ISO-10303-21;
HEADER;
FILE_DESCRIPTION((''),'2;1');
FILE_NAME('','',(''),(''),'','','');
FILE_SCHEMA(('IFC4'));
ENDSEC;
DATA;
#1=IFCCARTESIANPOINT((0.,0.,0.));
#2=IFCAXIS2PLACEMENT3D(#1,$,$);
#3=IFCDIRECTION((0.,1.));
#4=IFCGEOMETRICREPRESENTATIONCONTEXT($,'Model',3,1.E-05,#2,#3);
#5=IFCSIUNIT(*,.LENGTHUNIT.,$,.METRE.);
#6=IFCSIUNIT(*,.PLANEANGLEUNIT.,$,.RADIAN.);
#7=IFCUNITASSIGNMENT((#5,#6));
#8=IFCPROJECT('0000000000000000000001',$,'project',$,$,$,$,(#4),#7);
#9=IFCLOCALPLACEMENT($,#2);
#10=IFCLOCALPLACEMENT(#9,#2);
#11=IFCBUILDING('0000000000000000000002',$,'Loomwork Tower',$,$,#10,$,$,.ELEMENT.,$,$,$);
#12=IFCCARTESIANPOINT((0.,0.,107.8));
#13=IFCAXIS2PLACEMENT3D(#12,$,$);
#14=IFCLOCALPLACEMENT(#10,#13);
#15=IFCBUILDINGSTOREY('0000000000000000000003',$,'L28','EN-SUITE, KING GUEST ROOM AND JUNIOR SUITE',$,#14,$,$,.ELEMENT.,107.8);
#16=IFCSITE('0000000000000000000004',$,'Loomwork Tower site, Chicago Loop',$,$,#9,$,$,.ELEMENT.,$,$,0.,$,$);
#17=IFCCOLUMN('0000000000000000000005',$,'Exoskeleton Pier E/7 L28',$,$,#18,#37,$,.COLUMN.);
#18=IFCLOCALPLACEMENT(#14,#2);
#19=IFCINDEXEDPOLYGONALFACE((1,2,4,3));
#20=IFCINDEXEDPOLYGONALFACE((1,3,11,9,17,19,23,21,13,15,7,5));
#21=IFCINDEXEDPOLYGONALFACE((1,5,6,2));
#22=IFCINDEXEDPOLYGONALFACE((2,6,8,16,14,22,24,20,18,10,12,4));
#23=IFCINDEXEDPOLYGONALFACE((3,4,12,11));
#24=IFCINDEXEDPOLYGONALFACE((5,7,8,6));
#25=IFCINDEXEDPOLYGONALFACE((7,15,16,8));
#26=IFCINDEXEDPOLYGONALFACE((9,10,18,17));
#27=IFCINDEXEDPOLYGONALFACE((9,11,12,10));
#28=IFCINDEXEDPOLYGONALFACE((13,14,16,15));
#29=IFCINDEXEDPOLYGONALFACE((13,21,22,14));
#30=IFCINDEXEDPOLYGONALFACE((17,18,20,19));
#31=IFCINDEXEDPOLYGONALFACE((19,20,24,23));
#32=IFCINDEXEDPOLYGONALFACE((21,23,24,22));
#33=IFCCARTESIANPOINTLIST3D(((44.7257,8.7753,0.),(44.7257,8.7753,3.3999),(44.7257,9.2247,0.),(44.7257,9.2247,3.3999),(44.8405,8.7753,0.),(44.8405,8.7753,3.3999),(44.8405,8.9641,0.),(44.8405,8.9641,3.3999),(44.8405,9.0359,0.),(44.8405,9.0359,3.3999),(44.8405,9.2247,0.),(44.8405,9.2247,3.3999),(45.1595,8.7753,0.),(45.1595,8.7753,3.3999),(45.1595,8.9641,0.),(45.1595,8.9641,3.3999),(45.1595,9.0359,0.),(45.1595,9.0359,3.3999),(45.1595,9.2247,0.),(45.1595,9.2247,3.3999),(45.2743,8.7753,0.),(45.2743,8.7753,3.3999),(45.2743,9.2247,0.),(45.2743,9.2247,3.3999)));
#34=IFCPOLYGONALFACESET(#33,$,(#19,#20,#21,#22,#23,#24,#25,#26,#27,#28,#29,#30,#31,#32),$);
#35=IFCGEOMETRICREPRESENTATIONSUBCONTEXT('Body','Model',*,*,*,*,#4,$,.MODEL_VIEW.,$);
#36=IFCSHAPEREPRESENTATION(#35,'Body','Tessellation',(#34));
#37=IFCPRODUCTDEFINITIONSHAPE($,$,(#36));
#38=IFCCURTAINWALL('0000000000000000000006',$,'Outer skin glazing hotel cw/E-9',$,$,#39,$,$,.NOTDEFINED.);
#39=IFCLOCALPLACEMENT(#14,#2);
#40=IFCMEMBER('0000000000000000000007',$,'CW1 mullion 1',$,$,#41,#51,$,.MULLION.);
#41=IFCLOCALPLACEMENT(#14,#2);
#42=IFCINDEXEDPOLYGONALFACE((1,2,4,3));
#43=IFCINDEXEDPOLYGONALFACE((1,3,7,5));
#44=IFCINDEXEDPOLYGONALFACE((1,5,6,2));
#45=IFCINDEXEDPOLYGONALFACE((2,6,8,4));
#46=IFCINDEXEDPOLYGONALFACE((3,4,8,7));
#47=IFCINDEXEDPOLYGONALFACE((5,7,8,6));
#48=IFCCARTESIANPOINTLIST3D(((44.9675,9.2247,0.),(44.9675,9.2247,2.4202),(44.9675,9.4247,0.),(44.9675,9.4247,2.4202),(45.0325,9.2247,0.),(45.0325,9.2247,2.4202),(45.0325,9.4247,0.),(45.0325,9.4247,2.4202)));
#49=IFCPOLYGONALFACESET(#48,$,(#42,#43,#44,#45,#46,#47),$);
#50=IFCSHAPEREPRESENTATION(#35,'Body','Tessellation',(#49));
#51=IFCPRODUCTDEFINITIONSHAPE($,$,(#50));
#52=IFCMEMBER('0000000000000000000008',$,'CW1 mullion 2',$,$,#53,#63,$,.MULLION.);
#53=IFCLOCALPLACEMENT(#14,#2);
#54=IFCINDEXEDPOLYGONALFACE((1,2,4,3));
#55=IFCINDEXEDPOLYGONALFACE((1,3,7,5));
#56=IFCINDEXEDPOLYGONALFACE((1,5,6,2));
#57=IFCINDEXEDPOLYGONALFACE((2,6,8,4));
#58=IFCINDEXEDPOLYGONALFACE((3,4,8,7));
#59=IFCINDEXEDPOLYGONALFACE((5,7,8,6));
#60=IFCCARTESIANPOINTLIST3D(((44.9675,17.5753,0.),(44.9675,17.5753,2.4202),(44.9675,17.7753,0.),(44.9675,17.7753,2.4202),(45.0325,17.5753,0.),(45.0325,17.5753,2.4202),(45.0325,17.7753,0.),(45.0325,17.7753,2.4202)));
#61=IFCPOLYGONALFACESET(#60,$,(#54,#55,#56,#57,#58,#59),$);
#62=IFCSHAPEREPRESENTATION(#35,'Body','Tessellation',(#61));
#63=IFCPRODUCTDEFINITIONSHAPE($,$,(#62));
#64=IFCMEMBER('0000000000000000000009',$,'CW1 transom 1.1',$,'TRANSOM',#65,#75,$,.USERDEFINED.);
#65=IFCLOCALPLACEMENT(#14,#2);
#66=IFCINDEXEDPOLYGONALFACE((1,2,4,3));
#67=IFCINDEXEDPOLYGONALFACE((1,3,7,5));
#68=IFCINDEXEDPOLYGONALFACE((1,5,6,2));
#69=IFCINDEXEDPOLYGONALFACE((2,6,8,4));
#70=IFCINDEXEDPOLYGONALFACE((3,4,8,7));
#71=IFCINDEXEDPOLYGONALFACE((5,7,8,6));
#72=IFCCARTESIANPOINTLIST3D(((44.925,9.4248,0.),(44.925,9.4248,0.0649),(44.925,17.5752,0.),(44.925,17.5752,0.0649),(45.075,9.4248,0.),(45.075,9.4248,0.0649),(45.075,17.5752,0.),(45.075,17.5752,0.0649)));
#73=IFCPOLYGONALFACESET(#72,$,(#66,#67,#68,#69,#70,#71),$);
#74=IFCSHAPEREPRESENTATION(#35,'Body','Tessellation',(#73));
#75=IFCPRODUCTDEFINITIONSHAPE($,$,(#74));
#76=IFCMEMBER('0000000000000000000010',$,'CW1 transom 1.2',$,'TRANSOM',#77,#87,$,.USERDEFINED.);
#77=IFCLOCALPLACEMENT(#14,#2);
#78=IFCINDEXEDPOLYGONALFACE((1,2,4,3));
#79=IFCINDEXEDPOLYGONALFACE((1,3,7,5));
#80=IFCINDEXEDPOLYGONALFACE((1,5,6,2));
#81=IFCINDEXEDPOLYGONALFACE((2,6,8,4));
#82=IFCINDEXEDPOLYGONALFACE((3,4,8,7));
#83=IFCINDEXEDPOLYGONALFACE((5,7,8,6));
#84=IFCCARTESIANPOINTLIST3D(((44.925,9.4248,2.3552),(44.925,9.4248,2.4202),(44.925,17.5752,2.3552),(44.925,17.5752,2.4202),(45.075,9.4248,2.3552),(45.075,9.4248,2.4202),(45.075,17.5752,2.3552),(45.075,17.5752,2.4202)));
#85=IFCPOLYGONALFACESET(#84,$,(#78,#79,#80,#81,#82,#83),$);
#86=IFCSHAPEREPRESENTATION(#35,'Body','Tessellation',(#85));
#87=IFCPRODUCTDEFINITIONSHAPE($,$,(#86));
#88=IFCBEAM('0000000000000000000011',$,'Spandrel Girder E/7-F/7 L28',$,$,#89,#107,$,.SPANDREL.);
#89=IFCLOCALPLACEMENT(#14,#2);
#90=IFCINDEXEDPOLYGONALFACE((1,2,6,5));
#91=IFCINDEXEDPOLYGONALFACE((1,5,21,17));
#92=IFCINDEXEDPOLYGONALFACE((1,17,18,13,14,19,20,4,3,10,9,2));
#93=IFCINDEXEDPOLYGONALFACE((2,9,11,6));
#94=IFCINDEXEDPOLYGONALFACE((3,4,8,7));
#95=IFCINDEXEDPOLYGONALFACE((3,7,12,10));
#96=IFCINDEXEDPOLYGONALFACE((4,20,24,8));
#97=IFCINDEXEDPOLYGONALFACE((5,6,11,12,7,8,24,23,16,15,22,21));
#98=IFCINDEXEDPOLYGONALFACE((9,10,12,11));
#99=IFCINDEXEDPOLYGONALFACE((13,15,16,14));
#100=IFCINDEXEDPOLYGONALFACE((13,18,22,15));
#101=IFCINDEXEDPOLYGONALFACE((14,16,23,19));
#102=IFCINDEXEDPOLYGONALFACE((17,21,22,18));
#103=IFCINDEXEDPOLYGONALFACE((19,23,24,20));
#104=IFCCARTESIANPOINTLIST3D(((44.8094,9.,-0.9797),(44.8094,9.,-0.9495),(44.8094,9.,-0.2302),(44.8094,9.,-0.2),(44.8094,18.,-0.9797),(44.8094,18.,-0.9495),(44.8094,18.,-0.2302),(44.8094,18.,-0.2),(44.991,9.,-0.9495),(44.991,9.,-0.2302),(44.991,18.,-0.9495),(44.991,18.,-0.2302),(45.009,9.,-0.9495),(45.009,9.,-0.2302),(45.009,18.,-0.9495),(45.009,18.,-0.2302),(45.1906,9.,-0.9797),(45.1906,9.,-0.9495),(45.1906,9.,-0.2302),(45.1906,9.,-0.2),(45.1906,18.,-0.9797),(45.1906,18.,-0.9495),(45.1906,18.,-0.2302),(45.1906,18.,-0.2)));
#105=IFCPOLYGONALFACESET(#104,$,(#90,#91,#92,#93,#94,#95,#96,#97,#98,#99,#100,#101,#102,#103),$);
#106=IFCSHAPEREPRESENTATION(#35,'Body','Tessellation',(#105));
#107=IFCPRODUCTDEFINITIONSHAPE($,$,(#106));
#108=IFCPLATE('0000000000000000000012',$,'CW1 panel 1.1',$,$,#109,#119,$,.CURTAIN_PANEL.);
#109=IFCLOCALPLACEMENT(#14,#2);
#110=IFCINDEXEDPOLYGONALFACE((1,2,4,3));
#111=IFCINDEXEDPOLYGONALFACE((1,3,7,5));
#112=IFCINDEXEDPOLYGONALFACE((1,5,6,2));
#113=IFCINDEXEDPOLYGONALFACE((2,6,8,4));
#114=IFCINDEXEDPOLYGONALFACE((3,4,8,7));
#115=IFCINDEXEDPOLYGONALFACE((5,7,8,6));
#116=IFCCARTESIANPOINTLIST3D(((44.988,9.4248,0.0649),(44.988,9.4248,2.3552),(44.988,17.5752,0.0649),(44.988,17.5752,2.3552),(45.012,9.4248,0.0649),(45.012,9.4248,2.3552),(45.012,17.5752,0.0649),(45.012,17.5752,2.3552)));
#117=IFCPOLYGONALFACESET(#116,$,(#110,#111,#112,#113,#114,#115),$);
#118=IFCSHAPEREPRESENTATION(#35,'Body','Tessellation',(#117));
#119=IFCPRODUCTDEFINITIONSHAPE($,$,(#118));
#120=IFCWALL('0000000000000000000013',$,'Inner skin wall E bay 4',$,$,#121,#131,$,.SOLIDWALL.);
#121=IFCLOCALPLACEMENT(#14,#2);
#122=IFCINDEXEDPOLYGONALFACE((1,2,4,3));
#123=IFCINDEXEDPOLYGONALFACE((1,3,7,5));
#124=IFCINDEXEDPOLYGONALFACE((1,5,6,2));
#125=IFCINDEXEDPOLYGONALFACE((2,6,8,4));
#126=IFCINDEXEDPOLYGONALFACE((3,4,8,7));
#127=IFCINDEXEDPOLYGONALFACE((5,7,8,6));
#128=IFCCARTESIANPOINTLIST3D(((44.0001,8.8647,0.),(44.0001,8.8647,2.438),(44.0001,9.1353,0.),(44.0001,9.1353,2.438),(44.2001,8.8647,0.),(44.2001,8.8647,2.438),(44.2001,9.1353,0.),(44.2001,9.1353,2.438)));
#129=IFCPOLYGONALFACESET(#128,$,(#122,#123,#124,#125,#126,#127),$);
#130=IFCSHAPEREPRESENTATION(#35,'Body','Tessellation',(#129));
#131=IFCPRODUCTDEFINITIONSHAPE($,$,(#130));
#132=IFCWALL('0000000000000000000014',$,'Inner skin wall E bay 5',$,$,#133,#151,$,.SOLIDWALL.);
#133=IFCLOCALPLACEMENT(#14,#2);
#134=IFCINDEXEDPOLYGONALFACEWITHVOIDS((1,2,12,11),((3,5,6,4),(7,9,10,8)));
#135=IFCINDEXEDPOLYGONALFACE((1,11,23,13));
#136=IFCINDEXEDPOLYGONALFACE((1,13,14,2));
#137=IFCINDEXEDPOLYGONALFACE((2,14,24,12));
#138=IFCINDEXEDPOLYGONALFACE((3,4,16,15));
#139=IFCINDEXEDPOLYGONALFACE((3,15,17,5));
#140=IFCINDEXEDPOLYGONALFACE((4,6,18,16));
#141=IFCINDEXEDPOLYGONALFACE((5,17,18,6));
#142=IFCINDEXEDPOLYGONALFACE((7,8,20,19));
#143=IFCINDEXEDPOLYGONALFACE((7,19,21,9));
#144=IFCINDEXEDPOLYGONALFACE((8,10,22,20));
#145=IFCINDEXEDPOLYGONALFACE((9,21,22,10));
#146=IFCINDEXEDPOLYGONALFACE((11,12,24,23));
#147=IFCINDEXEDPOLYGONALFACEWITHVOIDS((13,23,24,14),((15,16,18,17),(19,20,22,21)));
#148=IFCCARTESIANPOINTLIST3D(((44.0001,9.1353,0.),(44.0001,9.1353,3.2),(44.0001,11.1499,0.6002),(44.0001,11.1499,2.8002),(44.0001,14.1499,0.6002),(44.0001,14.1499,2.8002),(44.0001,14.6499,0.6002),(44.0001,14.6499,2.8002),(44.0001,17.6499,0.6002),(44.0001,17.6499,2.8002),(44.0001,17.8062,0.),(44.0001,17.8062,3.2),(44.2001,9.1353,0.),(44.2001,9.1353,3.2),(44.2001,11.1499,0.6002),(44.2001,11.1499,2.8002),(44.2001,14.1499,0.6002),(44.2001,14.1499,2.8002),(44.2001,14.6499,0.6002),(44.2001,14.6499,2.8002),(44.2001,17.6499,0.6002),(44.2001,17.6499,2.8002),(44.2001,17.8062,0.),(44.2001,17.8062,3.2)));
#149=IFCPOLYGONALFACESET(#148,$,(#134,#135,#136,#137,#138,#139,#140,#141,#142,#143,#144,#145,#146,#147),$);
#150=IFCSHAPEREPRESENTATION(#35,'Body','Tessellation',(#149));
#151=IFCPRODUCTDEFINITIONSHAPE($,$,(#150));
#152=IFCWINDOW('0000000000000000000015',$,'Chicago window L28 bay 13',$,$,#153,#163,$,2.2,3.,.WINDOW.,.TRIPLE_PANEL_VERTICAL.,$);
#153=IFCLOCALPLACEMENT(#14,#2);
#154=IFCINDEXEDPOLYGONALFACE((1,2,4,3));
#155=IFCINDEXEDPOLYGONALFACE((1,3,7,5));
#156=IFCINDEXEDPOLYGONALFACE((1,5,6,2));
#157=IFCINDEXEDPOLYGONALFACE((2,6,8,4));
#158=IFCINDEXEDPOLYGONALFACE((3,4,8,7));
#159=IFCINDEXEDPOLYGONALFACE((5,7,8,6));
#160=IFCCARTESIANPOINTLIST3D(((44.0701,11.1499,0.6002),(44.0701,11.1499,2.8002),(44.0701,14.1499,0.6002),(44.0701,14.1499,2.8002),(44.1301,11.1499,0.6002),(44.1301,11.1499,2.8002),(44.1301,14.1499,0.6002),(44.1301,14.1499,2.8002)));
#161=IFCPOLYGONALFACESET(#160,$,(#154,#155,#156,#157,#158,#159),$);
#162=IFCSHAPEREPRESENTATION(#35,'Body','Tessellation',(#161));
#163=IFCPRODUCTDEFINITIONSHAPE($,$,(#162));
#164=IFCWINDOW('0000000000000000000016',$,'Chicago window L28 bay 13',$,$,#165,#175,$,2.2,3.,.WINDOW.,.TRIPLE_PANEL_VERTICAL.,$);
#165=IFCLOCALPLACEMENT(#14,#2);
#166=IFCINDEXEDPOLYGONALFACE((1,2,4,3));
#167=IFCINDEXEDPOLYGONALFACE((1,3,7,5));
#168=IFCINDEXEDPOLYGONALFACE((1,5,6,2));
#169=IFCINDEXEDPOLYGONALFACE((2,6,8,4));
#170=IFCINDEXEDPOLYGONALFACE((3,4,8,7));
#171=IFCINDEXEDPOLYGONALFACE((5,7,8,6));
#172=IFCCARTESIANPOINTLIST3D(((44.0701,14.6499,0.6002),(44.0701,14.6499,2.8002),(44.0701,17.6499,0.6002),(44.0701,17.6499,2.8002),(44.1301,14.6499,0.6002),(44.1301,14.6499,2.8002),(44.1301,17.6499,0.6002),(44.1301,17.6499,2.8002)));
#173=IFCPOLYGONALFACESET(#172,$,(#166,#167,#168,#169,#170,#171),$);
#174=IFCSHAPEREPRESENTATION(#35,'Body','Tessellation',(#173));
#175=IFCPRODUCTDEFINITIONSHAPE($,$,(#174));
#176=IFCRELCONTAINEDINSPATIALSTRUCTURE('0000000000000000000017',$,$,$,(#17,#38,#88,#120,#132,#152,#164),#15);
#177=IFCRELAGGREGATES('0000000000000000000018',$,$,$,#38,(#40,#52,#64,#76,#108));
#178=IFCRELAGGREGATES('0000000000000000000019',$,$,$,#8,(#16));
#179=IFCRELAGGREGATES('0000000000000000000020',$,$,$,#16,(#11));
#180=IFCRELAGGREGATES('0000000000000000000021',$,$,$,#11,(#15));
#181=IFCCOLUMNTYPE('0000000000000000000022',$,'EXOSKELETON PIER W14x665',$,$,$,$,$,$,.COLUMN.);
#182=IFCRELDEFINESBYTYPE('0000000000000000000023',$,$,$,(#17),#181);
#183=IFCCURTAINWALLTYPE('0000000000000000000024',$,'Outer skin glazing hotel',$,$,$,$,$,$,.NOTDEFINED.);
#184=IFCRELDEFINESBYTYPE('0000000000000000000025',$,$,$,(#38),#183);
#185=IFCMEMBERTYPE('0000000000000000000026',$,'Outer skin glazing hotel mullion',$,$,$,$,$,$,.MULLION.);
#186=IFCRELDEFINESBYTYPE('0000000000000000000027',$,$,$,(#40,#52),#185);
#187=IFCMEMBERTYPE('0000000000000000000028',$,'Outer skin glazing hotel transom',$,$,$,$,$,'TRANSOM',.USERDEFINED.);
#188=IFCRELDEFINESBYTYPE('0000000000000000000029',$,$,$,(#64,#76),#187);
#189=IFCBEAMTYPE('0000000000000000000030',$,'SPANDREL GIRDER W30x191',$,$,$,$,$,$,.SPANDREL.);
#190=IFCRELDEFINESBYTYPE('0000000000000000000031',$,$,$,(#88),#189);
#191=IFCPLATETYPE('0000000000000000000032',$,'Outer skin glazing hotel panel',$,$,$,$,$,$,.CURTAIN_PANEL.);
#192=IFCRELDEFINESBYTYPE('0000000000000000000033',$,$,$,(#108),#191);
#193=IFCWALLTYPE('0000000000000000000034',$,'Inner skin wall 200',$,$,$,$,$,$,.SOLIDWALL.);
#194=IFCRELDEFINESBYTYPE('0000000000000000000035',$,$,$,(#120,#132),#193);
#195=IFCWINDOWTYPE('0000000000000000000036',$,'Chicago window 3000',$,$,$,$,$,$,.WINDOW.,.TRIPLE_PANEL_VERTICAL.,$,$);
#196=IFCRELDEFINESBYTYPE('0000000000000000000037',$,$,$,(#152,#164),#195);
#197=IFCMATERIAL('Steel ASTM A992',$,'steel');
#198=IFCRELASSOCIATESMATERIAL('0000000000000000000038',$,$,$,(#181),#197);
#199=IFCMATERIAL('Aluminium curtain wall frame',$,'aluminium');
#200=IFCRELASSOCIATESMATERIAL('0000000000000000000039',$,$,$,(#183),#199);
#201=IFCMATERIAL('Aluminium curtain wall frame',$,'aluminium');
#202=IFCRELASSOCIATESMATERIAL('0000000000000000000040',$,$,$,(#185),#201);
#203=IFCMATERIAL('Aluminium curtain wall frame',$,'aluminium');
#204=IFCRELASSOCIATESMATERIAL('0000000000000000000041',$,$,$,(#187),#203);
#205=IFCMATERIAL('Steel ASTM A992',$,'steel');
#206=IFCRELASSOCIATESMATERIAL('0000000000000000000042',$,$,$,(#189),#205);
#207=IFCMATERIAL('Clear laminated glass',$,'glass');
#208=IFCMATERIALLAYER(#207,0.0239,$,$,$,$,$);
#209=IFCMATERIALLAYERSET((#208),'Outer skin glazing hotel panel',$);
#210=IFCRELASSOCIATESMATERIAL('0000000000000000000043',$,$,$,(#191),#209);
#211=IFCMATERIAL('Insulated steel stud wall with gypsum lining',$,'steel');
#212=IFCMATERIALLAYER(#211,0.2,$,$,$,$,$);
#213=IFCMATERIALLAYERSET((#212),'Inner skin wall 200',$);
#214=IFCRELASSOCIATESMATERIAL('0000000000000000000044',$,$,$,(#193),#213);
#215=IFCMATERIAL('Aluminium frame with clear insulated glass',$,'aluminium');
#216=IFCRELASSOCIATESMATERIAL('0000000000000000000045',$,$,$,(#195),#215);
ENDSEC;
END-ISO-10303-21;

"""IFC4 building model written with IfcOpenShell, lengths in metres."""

from ifc_helpers import new_model, si_unit, direction, frame, frame_2d, origin, origin_2d, place, context, subcontext, project, spatial, rectangle, i_section, extrude, material, layer, layer_set, material_profile, profile_set, type_object, element, fill, aggregate, save


model = new_model("IFC4")

# Units and contexts
model_context = context("Model", 3, precision=1e-05, world=origin(), true_north=direction((0.0, 1.0)))
body_context = subcontext(model_context, "Body", "Model", "MODEL_VIEW")
ifc_project = project(units=[si_unit("LENGTHUNIT", "METRE"), si_unit("PLANEANGLEUNIT", "RADIAN")], contexts=[model_context])

# Site, building, storey
site_placement = place(None, origin())
site = spatial("IfcSite", under=ifc_project, at=site_placement, Name="Loomwork Tower site, Chicago Loop", CompositionType="ELEMENT", RefElevation=0.0)
building_placement = place(site_placement, origin())
building = spatial("IfcBuilding", under=site, at=building_placement, Name="Loomwork Tower", CompositionType="ELEMENT")
storey_placement = place(building_placement, frame((0.0, 0.0, 107.8)))
storey = spatial("IfcBuildingStorey", under=building, at=storey_placement, Name="L28", Description="EN-SUITE, KING GUEST ROOM AND JUNIOR SUITE", CompositionType="ELEMENT", Elevation=107.8)

# Column
ifc_material_1 = material(Name="Steel ASTM A992", Category="steel")
ifc_material_profile_1 = material_profile(ifc_material_1, i_section(OverallWidth=0.4495, OverallDepth=0.5486, WebThickness=0.0718, FlangeThickness=0.1147, at=origin_2d()), Name="W14x665")
ifc_profile_set_1 = profile_set([ifc_material_profile_1], Name="Steel ASTM A992")
column_type = type_object("IfcColumnType", Name="EXOSKELETON PIER W14x665", PredefinedType="COLUMN", material=ifc_profile_set_1)
column_placement = place(storey_placement, frame((45.0, 9.0, 0.0), z_axis=(0.0, 0.0, 1.0), x_axis=(0.0, 1.0, 0.0)))
element("IfcColumn", 1, at=column_placement, inside=storey, type_object=column_type, Name="Exoskeleton Pier E/7 L28", PredefinedType="COLUMN", context=body_context, shape_type="SweptSolid", body=[
    extrude(i_section(OverallWidth=0.4495, OverallDepth=0.5486, WebThickness=0.0718, FlangeThickness=0.1147, at=origin_2d()), origin(), (0.0, 0.0, 1.0), 3.3999),
])

# Curtain wall, members
ifc_material_2 = material(Name="Aluminium curtain wall frame", Category="aluminium")
curtain_wall_type = type_object("IfcCurtainWallType", Name="Outer skin glazing hotel", PredefinedType="NOTDEFINED", material=ifc_material_2)
curtain_wall_placement = place(storey_placement, origin())
curtain_wall = element("IfcCurtainWall", 2, at=curtain_wall_placement, inside=storey, type_object=curtain_wall_type, Name="Outer skin glazing hotel cw/E-9", PredefinedType="NOTDEFINED")
ifc_material_3 = material(Name="Aluminium curtain wall frame", Category="aluminium")
ifc_material_profile_2 = material_profile(ifc_material_3, rectangle(XDim=0.0649, YDim=0.2, at=origin_2d()), Name="AL 65x200")
ifc_profile_set_2 = profile_set([ifc_material_profile_2], Name="Aluminium curtain wall frame")
member_type_1 = type_object("IfcMemberType", Name="Outer skin glazing hotel mullion", PredefinedType="MULLION", material=ifc_profile_set_2)
member_1_placement = place(storey_placement, frame((45.0, 9.3247, 0.0), z_axis=(0.0, 0.0, 1.0), x_axis=(-1.0, 0.0, 0.0)))
member_1 = element("IfcMember", 3, at=member_1_placement, type_object=member_type_1, Name="CW1 mullion 1", PredefinedType="MULLION", context=body_context, shape_type="SweptSolid", body=[
    extrude(rectangle(XDim=0.0649, YDim=0.2, at=origin_2d()), origin(), (0.0, 0.0, 1.0), 2.4202),
])
member_2_placement = place(storey_placement, frame((45.0, 17.6753, 0.0), z_axis=(0.0, 0.0, 1.0), x_axis=(-1.0, 0.0, 0.0)))
member_2 = element("IfcMember", 4, at=member_2_placement, type_object=member_type_1, Name="CW1 mullion 2", PredefinedType="MULLION", context=body_context, shape_type="SweptSolid", body=[
    extrude(rectangle(XDim=0.0649, YDim=0.2, at=origin_2d()), origin(), (0.0, 0.0, 1.0), 2.4202),
])
ifc_material_4 = material(Name="Aluminium curtain wall frame", Category="aluminium")
ifc_material_profile_3 = material_profile(ifc_material_4, rectangle(XDim=0.1499, YDim=0.0649, at=origin_2d()), Name="AL 65x150")
ifc_profile_set_3 = profile_set([ifc_material_profile_3], Name="Aluminium curtain wall frame")
member_type_2 = type_object("IfcMemberType", Name="Outer skin glazing hotel transom", ElementType="TRANSOM", PredefinedType="USERDEFINED", material=ifc_profile_set_3)
member_3_placement = place(storey_placement, frame((45.0, 9.4248, 0.0325), z_axis=(0.0, 1.0, 0.0), x_axis=(-1.0, 0.0, 0.0)))
member_3 = element("IfcMember", 5, at=member_3_placement, type_object=member_type_2, Name="CW1 transom 1.1", ObjectType="TRANSOM", PredefinedType="USERDEFINED", context=body_context, shape_type="SweptSolid", body=[
    extrude(rectangle(XDim=0.1499, YDim=0.0649, at=origin_2d()), origin(), (0.0, 0.0, 1.0), 8.1504),
])
member_4_placement = place(storey_placement, frame((45.0, 9.4248, 2.3877), z_axis=(0.0, 1.0, 0.0), x_axis=(-1.0, 0.0, 0.0)))
member_4 = element("IfcMember", 6, at=member_4_placement, type_object=member_type_2, Name="CW1 transom 1.2", ObjectType="TRANSOM", PredefinedType="USERDEFINED", context=body_context, shape_type="SweptSolid", body=[
    extrude(rectangle(XDim=0.1499, YDim=0.0649, at=origin_2d()), origin(), (0.0, 0.0, 1.0), 8.1504),
])

# Beam
ifc_material_5 = material(Name="Steel ASTM A992", Category="steel")
ifc_material_profile_4 = material_profile(ifc_material_5, i_section(OverallWidth=0.3811, OverallDepth=0.7798, WebThickness=0.0181, FlangeThickness=0.0303, at=origin_2d()), Name="W30x191")
ifc_profile_set_4 = profile_set([ifc_material_profile_4], Name="Steel ASTM A992")
beam_type = type_object("IfcBeamType", Name="SPANDREL GIRDER W30x191", PredefinedType="SPANDREL", material=ifc_profile_set_4)
beam_placement = place(storey_placement, frame((45.0, 9.0, -0.5898), z_axis=(0.0, 1.0, 0.0), x_axis=(-1.0, 0.0, 0.0)))
element("IfcBeam", 7, at=beam_placement, inside=storey, type_object=beam_type, Name="Spandrel Girder E/7-F/7 L28", PredefinedType="SPANDREL", context=body_context, shape_type="SweptSolid", body=[
    extrude(i_section(OverallWidth=0.3811, OverallDepth=0.7798, WebThickness=0.0181, FlangeThickness=0.0303, at=origin_2d()), origin(), (0.0, 0.0, 1.0), 9.0),
])

# Plate
ifc_material_6 = material(Name="Clear laminated glass", Category="glass")
ifc_layer_1 = layer(ifc_material_6, 0.0239)
ifc_layer_set_1 = layer_set([ifc_layer_1], Name="Outer skin glazing hotel panel")
plate_type = type_object("IfcPlateType", Name="Outer skin glazing hotel panel", PredefinedType="CURTAIN_PANEL", material=ifc_layer_set_1)
plate_placement = place(storey_placement, frame((45.0, 13.5, 0.0649), z_axis=(0.0, 0.0, 1.0), x_axis=(0.0, 1.0, 0.0)))
plate = element("IfcPlate", 8, at=plate_placement, type_object=plate_type, Name="CW1 panel 1.1", PredefinedType="CURTAIN_PANEL", context=body_context, shape_type="SweptSolid", body=[
    extrude(rectangle(XDim=8.1504, YDim=0.0239, at=origin_2d()), origin(), (0.0, 0.0, 1.0), 2.2903),
])
aggregate(curtain_wall, [member_1, member_2, member_3, member_4, plate])

# Wall
ifc_material_7 = material(Name="Insulated steel stud wall with gypsum lining", Category="steel")
ifc_layer_2 = layer(ifc_material_7, 0.2)
ifc_layer_set_2 = layer_set([ifc_layer_2], Name="Inner skin wall 200")
wall_type = type_object("IfcWallType", Name="Inner skin wall 200", PredefinedType="SOLIDWALL", material=ifc_layer_set_2)
wall_1_placement = place(storey_placement, frame((44.1001, 8.8647, 0.0), z_axis=(0.0, 0.0, 1.0), x_axis=(0.0, 1.0, 0.0)))
element("IfcWall", 9, at=wall_1_placement, inside=storey, type_object=wall_type, Name="Inner skin wall E bay 4", PredefinedType="SOLIDWALL", context=body_context, shape_type="SweptSolid", body=[
    extrude(rectangle(XDim=0.2705, YDim=0.2, at=frame_2d((0.1353, 0.0))), origin(), (0.0, 0.0, 1.0), 2.438),
])

# Wall, openings, windows
wall_2_placement = place(storey_placement, frame((44.1001, 9.1353, 0.0), z_axis=(0.0, 0.0, 1.0), x_axis=(0.0, 1.0, 0.0)))
wall_2 = element("IfcWall", 10, at=wall_2_placement, inside=storey, type_object=wall_type, Name="Inner skin wall E bay 5", PredefinedType="SOLIDWALL", context=body_context, shape_type="SweptSolid", body=[
    extrude(rectangle(XDim=8.6709, YDim=0.2, at=frame_2d((4.3354, 0.0))), origin(), (0.0, 0.0, 1.0), 3.2),
])
opening_1_placement = place(wall_2_placement, frame((2.0146, 0.0, 0.6001)))
opening_1 = element("IfcOpeningElement", 11, at=opening_1_placement, cuts=wall_2, PredefinedType="OPENING", context=body_context, shape_type="SweptSolid", body=[
    extrude(rectangle(XDim=3.0, YDim=2.2, at=frame_2d((1.5, 1.1001))), frame((0.0, 0.1099, 0.0), z_axis=(0.0, -1.0, 0.0), x_axis=(1.0, 0.0, 0.0)), (0.0, 0.0, 1.0), 0.22),
])
opening_2_placement = place(wall_2_placement, frame((5.5146, 0.0, 0.6001)))
opening_2 = element("IfcOpeningElement", 12, at=opening_2_placement, cuts=wall_2, PredefinedType="OPENING", context=body_context, shape_type="SweptSolid", body=[
    extrude(rectangle(XDim=3.0, YDim=2.2, at=frame_2d((1.5, 1.1001))), frame((0.0, 0.1099, 0.0), z_axis=(0.0, -1.0, 0.0), x_axis=(1.0, 0.0, 0.0)), (0.0, 0.0, 1.0), 0.22),
])
ifc_material_8 = material(Name="Aluminium frame with clear insulated glass", Category="aluminium")
window_type = type_object("IfcWindowType", Name="Chicago window 3000", PartitioningType="TRIPLE_PANEL_VERTICAL", PredefinedType="WINDOW", material=ifc_material_8)
window_1_placement = place(opening_1_placement, origin())
window_1 = element("IfcWindow", 13, at=window_1_placement, inside=storey, type_object=window_type, Name="Chicago window L28 bay 13", OverallHeight=2.2, OverallWidth=3.0, PartitioningType="TRIPLE_PANEL_VERTICAL", PredefinedType="WINDOW", context=body_context, shape_type="SweptSolid", body=[
    extrude(rectangle(XDim=3.0, YDim=2.2, at=frame_2d((1.5, 1.1001))), frame((0.0, 0.03, 0.0), z_axis=(0.0, -1.0, 0.0), x_axis=(1.0, 0.0, 0.0)), (0.0, 0.0, 1.0), 0.0601),
])
fill(opening_1, window_1)
window_2_placement = place(opening_2_placement, origin())
window_2 = element("IfcWindow", 14, at=window_2_placement, inside=storey, type_object=window_type, Name="Chicago window L28 bay 13", OverallHeight=2.2, OverallWidth=3.0, PartitioningType="TRIPLE_PANEL_VERTICAL", PredefinedType="WINDOW", context=body_context, shape_type="SweptSolid", body=[
    extrude(rectangle(XDim=3.0, YDim=2.2, at=frame_2d((1.5, 1.1001))), frame((0.0, 0.03, 0.0), z_axis=(0.0, -1.0, 0.0), x_axis=(1.0, 0.0, 0.0)), (0.0, 0.0, 1.0), 0.0601),
])
fill(opening_2, window_2)

save(model, "model.ifc")
